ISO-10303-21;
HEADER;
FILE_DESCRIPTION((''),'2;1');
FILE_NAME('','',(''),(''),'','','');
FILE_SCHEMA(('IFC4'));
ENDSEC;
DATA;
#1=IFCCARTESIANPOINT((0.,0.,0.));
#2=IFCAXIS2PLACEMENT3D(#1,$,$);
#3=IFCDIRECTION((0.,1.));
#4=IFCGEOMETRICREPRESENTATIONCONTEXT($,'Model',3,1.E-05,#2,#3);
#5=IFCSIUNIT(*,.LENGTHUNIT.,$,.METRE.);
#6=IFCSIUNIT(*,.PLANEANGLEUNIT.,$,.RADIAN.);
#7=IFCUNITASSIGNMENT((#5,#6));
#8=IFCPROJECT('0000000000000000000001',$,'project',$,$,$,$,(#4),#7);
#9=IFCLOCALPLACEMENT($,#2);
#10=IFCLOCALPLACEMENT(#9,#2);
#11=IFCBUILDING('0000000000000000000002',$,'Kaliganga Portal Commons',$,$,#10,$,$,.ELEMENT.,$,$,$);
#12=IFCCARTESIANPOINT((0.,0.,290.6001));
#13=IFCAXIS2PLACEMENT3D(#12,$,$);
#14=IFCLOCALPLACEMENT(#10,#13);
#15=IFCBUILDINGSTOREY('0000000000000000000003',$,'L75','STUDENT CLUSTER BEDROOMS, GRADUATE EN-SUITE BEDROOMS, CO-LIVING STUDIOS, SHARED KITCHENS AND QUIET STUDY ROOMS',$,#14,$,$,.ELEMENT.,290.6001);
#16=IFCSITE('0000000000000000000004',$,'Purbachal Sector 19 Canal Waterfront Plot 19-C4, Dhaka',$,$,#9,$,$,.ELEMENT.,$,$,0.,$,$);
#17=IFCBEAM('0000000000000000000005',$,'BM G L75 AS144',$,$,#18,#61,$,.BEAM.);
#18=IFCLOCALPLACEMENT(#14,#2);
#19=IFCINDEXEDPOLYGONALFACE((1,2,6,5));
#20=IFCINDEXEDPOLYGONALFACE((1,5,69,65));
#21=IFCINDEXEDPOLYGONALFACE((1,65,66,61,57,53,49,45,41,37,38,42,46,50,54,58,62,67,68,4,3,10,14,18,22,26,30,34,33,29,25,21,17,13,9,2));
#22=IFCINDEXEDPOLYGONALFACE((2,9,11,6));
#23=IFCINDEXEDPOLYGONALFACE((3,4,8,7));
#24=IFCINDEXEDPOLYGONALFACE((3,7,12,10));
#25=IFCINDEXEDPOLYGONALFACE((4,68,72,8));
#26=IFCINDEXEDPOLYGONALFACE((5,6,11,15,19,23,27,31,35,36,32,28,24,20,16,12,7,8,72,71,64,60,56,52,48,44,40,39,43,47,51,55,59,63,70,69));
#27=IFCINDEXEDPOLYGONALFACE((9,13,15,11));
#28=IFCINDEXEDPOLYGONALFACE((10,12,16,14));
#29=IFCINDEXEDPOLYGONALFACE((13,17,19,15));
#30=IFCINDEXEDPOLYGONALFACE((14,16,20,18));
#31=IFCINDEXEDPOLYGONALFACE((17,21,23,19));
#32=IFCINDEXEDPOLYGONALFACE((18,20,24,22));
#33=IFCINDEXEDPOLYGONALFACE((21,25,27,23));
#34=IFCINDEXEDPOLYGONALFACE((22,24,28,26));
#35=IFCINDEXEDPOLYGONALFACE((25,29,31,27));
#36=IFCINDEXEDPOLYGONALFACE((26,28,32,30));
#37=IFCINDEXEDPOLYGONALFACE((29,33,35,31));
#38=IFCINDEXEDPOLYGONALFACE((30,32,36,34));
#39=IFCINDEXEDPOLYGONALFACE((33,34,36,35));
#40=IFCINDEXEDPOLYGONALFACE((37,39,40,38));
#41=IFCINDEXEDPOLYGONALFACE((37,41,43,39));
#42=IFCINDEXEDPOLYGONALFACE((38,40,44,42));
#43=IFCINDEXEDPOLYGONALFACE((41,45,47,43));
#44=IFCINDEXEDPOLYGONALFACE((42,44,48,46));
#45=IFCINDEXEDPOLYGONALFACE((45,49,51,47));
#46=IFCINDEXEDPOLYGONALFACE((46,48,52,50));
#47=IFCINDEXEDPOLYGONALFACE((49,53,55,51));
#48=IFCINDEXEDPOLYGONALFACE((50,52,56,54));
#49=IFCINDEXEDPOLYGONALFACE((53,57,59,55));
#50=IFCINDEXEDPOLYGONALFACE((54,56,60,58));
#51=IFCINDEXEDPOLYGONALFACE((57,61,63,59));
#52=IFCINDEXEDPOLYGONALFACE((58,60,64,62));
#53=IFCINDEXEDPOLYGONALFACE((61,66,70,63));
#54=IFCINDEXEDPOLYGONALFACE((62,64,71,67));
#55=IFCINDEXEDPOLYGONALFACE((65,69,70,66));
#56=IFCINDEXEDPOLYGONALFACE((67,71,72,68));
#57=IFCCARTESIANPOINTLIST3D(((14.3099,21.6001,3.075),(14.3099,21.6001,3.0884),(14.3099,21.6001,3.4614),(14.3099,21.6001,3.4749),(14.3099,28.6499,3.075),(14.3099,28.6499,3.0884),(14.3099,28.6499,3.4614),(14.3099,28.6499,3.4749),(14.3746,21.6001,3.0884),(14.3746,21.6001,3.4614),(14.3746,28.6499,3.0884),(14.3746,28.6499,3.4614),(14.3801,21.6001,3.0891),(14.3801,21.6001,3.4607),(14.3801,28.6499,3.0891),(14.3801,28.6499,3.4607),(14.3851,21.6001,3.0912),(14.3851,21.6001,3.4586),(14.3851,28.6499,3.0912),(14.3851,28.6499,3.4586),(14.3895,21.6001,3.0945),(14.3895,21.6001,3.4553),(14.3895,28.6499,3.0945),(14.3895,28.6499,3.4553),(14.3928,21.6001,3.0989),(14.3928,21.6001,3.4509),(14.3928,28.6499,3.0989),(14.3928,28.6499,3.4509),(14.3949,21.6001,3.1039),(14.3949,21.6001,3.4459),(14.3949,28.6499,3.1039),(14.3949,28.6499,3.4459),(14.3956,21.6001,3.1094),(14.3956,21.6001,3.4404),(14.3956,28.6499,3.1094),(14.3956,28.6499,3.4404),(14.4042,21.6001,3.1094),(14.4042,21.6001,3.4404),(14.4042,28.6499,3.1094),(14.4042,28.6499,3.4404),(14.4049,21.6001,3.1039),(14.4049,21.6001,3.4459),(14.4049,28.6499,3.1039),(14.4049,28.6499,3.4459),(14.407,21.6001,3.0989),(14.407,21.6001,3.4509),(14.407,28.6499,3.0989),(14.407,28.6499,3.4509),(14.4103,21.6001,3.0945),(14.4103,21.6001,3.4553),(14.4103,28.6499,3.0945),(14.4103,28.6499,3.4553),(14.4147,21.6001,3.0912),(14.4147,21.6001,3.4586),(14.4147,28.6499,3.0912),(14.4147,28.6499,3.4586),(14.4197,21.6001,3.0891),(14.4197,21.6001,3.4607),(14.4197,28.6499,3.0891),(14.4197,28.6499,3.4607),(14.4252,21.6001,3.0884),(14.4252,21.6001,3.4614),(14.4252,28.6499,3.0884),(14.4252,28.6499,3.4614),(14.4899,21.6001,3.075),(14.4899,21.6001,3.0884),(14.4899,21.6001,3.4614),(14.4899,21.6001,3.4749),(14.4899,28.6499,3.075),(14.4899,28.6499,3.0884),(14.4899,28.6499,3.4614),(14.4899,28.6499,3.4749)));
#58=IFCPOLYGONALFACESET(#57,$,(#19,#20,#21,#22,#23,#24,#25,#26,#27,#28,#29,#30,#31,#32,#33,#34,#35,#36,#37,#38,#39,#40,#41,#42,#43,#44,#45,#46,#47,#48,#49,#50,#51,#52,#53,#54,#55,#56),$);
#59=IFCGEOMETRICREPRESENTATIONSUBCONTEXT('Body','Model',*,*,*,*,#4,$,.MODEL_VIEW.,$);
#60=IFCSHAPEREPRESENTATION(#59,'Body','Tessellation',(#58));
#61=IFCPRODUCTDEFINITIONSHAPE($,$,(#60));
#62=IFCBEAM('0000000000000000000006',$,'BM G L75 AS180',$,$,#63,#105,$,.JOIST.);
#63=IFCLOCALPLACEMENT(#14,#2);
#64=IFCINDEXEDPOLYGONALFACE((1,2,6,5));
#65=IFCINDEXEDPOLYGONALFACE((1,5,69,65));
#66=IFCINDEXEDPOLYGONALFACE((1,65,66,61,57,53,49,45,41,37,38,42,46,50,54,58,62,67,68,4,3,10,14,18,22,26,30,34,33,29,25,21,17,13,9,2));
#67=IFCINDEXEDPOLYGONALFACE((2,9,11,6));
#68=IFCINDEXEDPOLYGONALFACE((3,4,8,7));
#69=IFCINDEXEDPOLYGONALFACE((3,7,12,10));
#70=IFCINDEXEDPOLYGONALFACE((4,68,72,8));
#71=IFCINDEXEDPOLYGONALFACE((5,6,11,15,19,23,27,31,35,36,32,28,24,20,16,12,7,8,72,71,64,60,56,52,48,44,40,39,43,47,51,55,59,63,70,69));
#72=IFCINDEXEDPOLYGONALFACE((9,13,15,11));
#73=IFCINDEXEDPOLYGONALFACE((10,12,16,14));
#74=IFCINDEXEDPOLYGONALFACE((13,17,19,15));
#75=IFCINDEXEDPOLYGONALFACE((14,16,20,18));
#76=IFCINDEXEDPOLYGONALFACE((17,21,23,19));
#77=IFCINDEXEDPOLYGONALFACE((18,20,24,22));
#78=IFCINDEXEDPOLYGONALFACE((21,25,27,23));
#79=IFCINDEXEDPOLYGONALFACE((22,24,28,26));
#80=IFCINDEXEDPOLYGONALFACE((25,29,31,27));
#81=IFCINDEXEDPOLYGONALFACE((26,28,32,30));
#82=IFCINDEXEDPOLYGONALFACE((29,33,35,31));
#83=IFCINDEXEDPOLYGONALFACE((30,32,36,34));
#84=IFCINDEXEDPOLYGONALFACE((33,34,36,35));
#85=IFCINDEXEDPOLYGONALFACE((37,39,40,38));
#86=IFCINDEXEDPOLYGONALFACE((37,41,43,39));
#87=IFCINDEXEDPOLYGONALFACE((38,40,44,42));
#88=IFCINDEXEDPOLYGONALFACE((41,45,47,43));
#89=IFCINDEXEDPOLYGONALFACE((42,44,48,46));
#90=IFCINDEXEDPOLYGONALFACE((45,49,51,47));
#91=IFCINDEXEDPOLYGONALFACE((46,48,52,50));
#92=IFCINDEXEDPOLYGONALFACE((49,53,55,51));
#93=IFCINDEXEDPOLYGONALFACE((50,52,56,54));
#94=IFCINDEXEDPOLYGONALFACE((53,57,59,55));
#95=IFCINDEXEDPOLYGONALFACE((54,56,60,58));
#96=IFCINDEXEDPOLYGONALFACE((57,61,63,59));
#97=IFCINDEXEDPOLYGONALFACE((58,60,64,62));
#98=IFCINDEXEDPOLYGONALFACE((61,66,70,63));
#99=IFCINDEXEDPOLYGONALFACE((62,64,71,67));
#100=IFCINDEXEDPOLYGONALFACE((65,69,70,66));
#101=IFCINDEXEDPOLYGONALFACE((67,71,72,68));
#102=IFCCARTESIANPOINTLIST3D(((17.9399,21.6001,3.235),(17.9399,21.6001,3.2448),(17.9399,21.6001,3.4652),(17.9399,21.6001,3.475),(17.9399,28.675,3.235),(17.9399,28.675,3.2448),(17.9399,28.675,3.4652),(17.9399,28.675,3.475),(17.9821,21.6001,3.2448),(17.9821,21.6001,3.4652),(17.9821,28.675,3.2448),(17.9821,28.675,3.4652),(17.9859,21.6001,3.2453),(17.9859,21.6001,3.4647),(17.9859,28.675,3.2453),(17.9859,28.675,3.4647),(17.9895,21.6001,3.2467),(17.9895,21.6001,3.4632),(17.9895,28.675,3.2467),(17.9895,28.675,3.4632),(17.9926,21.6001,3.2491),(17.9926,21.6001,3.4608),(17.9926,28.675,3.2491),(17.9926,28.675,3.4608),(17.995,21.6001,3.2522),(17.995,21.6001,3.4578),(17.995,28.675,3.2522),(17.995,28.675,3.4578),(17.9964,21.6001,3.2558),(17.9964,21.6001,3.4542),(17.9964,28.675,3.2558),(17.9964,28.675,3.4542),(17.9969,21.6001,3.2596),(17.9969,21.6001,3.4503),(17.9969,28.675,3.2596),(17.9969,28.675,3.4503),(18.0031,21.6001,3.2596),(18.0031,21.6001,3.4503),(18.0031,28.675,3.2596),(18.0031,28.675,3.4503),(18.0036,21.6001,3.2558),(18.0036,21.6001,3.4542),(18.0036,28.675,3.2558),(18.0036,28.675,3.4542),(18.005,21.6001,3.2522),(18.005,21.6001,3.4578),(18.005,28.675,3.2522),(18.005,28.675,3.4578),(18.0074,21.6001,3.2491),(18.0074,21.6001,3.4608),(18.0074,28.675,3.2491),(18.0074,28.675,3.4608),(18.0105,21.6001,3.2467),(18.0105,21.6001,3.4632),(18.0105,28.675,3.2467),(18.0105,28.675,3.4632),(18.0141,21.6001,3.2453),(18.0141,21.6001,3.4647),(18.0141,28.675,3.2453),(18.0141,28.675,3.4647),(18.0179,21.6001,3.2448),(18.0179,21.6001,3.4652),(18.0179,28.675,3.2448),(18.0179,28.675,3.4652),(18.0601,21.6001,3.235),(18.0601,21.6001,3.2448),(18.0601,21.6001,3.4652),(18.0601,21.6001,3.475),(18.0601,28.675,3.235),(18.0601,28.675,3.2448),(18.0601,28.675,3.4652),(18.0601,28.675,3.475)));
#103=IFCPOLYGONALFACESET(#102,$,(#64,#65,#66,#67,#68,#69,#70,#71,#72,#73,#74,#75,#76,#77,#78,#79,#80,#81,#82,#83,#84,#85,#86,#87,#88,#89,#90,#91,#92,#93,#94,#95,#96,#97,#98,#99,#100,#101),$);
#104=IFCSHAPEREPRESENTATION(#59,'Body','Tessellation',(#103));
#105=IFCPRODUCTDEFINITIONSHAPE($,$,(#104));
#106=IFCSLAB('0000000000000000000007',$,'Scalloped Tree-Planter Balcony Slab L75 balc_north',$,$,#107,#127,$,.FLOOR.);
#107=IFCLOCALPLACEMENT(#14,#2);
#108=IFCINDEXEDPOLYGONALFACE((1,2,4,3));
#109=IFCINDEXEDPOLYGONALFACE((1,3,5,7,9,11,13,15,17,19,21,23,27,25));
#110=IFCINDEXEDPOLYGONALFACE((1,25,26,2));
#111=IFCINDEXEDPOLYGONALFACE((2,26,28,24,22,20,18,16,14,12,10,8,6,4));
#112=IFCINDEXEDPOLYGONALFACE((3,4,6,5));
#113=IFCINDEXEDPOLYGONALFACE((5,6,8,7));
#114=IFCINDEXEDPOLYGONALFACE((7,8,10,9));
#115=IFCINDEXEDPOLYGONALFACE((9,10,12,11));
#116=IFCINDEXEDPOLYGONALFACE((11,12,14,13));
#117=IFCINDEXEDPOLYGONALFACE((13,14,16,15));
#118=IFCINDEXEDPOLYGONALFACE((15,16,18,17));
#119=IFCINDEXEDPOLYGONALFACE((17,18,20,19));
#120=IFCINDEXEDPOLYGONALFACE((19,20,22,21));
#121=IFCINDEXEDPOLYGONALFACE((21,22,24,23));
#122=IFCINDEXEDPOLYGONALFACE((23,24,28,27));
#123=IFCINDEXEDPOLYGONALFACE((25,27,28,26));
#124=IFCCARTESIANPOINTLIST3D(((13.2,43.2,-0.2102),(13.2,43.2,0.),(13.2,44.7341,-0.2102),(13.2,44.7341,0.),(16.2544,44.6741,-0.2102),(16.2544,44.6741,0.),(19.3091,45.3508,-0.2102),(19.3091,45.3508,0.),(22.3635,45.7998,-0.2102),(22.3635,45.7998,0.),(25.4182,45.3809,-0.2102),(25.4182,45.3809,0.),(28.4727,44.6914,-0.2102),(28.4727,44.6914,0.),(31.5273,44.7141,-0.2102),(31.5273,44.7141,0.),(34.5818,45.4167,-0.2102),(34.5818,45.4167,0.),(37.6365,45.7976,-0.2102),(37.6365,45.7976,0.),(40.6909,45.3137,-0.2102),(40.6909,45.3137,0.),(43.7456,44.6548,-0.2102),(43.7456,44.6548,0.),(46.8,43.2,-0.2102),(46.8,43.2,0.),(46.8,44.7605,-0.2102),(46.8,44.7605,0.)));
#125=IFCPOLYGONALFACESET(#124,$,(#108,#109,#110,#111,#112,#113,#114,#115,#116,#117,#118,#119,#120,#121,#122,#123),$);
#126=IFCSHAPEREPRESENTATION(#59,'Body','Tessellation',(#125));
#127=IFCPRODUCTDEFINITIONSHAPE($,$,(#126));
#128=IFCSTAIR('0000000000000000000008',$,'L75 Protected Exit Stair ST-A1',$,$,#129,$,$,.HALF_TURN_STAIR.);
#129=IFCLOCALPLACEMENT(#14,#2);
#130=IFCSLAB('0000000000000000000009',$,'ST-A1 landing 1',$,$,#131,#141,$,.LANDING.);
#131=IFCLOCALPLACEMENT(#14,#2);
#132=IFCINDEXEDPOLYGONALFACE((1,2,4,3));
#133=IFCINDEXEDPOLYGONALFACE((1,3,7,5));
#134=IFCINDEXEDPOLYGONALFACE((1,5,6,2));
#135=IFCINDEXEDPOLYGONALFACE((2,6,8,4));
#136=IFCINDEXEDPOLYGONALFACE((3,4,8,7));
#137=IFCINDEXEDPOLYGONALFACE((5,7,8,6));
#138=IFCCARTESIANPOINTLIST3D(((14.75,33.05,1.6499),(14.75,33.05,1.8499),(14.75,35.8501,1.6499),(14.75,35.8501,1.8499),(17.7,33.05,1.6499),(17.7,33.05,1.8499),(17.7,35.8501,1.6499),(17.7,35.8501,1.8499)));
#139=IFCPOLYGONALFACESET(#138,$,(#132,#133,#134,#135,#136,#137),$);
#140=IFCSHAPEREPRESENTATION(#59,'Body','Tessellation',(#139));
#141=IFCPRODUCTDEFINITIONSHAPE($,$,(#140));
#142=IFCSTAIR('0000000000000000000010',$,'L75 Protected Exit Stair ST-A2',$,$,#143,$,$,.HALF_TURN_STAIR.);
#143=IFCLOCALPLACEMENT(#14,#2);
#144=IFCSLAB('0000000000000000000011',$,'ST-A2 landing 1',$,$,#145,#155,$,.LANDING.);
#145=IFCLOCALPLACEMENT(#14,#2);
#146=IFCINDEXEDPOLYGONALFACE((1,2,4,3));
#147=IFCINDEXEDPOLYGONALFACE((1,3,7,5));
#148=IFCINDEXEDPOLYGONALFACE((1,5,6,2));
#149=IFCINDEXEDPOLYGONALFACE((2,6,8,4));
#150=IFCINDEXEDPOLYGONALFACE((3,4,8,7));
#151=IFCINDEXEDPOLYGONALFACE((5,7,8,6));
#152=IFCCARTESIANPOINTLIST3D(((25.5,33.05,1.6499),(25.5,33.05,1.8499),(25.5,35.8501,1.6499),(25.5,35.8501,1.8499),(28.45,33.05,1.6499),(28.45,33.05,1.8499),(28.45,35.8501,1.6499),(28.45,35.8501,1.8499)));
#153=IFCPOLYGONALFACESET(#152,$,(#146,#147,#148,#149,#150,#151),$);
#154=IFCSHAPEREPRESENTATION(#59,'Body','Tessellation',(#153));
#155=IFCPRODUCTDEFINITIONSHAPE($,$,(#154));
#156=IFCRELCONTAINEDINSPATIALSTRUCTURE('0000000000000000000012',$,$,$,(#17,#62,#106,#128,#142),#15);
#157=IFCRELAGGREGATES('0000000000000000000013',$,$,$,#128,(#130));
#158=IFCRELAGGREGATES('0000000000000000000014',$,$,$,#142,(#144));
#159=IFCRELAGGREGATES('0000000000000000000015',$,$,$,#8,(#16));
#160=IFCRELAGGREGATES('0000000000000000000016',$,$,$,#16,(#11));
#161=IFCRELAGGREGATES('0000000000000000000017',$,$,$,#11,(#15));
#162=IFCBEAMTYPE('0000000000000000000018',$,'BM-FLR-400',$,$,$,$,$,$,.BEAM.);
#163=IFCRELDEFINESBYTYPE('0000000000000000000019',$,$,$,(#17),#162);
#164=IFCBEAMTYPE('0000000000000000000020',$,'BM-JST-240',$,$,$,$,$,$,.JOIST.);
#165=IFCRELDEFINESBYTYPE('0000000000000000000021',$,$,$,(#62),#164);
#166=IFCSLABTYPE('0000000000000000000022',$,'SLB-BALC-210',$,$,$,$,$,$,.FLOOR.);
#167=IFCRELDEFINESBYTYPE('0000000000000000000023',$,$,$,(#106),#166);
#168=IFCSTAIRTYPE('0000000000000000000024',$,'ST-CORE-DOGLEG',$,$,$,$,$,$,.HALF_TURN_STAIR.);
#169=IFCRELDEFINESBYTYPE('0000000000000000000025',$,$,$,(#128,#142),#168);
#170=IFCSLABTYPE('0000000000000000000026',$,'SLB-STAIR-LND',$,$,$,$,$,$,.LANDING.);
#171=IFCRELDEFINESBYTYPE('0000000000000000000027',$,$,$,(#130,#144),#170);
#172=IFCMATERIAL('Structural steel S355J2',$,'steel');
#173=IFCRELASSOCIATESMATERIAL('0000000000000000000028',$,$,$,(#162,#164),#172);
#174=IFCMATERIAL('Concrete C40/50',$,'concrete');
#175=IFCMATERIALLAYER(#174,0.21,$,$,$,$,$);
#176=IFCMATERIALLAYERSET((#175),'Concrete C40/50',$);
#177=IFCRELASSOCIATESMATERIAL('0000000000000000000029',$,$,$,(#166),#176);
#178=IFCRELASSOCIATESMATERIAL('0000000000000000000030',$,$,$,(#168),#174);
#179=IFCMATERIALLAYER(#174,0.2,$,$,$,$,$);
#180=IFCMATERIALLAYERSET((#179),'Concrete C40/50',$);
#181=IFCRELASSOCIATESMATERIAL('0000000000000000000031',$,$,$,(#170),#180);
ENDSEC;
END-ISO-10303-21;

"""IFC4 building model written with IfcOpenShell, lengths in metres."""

from ifc_helpers import new_model, si_unit, direction, frame, origin, origin_2d, place, context, subcontext, project, spatial, polyline, i_section, outline, extrude, source, transform, mapped, material, layer, layer_set, material_profile, profile_set, type_object, element, aggregate, save


model = new_model("IFC4")

# Units and contexts
model_context = context("Model", 3, precision=1e-05, world=origin(), true_north=direction((0.0, 1.0)))
body_context = subcontext(model_context, "Body", "Model", "MODEL_VIEW")
ifc_project = project(units=[si_unit("LENGTHUNIT", "METRE"), si_unit("PLANEANGLEUNIT", "RADIAN")], contexts=[model_context])

# Site, building, storey
site_placement = place(None, origin())
site = spatial("IfcSite", under=ifc_project, at=site_placement, Name="Purbachal Sector 19 Canal Waterfront Plot 19-C4, Dhaka", CompositionType="ELEMENT", RefElevation=0.0)
building_placement = place(site_placement, origin())
building = spatial("IfcBuilding", under=site, at=building_placement, Name="Kaliganga Portal Commons", CompositionType="ELEMENT")
storey_placement = place(building_placement, frame((0.0, 0.0, 290.6001)))
storey = spatial("IfcBuildingStorey", under=building, at=storey_placement, Name="L75", Description="STUDENT CLUSTER BEDROOMS, GRADUATE EN-SUITE BEDROOMS, CO-LIVING STUDIOS, SHARED KITCHENS AND QUIET STUDY ROOMS", CompositionType="ELEMENT", Elevation=290.6001)

# Shared definitions
ifc_material_1 = material(Name="Structural steel S355J2", Category="steel")

# Beams
ifc_material_profile_1 = material_profile(ifc_material_1, i_section(OverallWidth=0.1799, OverallDepth=0.3999, WebThickness=0.0085, FlangeThickness=0.0134, FilletRadius=0.021, at=origin_2d()), Name="IPE 400")
ifc_profile_set_1 = profile_set([ifc_material_profile_1], Name="Structural steel S355J2 wide-flange")
beam_type_1 = type_object("IfcBeamType", Name="BM-FLR-400", PredefinedType="BEAM", material=ifc_profile_set_1)
shared_shape_1 = source(origin(), body_context, "Body", "SweptSolid", [
    extrude(i_section(OverallWidth=0.1799, OverallDepth=0.3999, WebThickness=0.0085, FlangeThickness=0.0134, FilletRadius=0.021, at=origin_2d()), origin(), (0.0, 0.0, 1.0), 7.0498),
])
beam_1_placement = place(storey_placement, frame((14.3999, 21.6001, 3.2749), z_axis=(0.0, 1.0, 0.0), x_axis=(-1.0, 0.0, 0.0)))
element("IfcBeam", 1, at=beam_1_placement, inside=storey, type_object=beam_type_1, Name="BM G L75 AS144", PredefinedType="BEAM", context=body_context, shape_type="MappedRepresentation", body=[
    mapped(shared_shape_1, transform((0.0, 0.0, 0.0), x_axis=(1.0, 0.0, 0.0), y_axis=(0.0, 1.0, 0.0), z_axis=(0.0, 0.0, 1.0), scale=1.0)),
])
ifc_material_profile_2 = material_profile(ifc_material_1, i_section(OverallWidth=0.1201, OverallDepth=0.24, WebThickness=0.0061, FlangeThickness=0.0098, FilletRadius=0.0149, at=origin_2d()), Name="IPE 240")
ifc_profile_set_2 = profile_set([ifc_material_profile_2], Name="Structural steel S355J2 wide-flange")
beam_type_2 = type_object("IfcBeamType", Name="BM-JST-240", PredefinedType="JOIST", material=ifc_profile_set_2)
shared_shape_2 = source(origin(), body_context, "Body", "SweptSolid", [
    extrude(i_section(OverallWidth=0.1201, OverallDepth=0.24, WebThickness=0.0061, FlangeThickness=0.0098, FilletRadius=0.0149, at=origin_2d()), origin(), (0.0, 0.0, 1.0), 7.075),
])
beam_2_placement = place(storey_placement, frame((18.0, 21.6001, 3.355), z_axis=(0.0, 1.0, 0.0), x_axis=(-1.0, 0.0, 0.0)))
element("IfcBeam", 2, at=beam_2_placement, inside=storey, type_object=beam_type_2, Name="BM G L75 AS180", PredefinedType="JOIST", context=body_context, shape_type="MappedRepresentation", body=[
    mapped(shared_shape_2, transform((0.0, 0.0, 0.0), x_axis=(1.0, 0.0, 0.0), y_axis=(0.0, 1.0, 0.0), z_axis=(0.0, 0.0, 1.0), scale=1.0)),
])

# Slab
ifc_material_2 = material(Name="Concrete C40/50", Category="concrete")
ifc_layer_1 = layer(ifc_material_2, 0.21)
ifc_layer_set_1 = layer_set([ifc_layer_1], Name="Concrete C40/50")
slab_type_1 = type_object("IfcSlabType", Name="SLB-BALC-210", PredefinedType="FLOOR", material=ifc_layer_set_1)
slab_1_placement = place(storey_placement, frame((0.0, 0.0, -0.2102)))
element("IfcSlab", 3, at=slab_1_placement, inside=storey, type_object=slab_type_1, Name="Scalloped Tree-Planter Balcony Slab L75 balc_north", PredefinedType="FLOOR", context=body_context, shape_type="SweptSolid", body=[
    extrude(outline(polyline([(46.8, 43.2), (46.8, 44.7605), (43.7456, 44.6548), (40.6909, 45.3137), (37.6365, 45.7976), (34.5818, 45.4167), (31.5273, 44.7141), (28.4727, 44.6914), (25.4182, 45.3809), (22.3635, 45.7998), (19.3091, 45.3508), (16.2544, 44.6741), (13.2, 44.7341), (13.2, 43.2), (46.8, 43.2)])), origin(), (0.0, 0.0, 1.0), 0.2102),
])

# Stairs, slabs
stair_type = type_object("IfcStairType", Name="ST-CORE-DOGLEG", PredefinedType="HALF_TURN_STAIR", material=ifc_material_2)
stair_1_placement = place(storey_placement, origin())
stair_1 = element("IfcStair", 4, at=stair_1_placement, inside=storey, type_object=stair_type, Name="L75 Protected Exit Stair ST-A1", PredefinedType="HALF_TURN_STAIR")
ifc_layer_2 = layer(ifc_material_2, 0.2)
ifc_layer_set_2 = layer_set([ifc_layer_2], Name="Concrete C40/50")
slab_type_2 = type_object("IfcSlabType", Name="SLB-STAIR-LND", PredefinedType="LANDING", material=ifc_layer_set_2)
slab_2_placement = place(storey_placement, frame((0.0, 0.0, 1.6499)))
slab_2 = element("IfcSlab", 5, at=slab_2_placement, type_object=slab_type_2, Name="ST-A1 landing 1", PredefinedType="LANDING", context=body_context, shape_type="SweptSolid", body=[
    extrude(outline(polyline([(17.7, 33.05), (17.7, 35.8501), (14.75, 35.8501), (14.75, 33.05), (17.7, 33.05)])), origin(), (0.0, 0.0, 1.0), 0.2),
])
aggregate(stair_1, [slab_2])
stair_2_placement = place(storey_placement, origin())
stair_2 = element("IfcStair", 6, at=stair_2_placement, inside=storey, type_object=stair_type, Name="L75 Protected Exit Stair ST-A2", PredefinedType="HALF_TURN_STAIR")
slab_3_placement = place(storey_placement, frame((0.0, 0.0, 1.6499)))
slab_3 = element("IfcSlab", 7, at=slab_3_placement, type_object=slab_type_2, Name="ST-A2 landing 1", PredefinedType="LANDING", context=body_context, shape_type="SweptSolid", body=[
    extrude(outline(polyline([(28.45, 33.05), (28.45, 35.8501), (25.5, 35.8501), (25.5, 33.05), (28.45, 33.05)])), origin(), (0.0, 0.0, 1.0), 0.2),
])
aggregate(stair_2, [slab_3])

save(model, "model.ifc")
